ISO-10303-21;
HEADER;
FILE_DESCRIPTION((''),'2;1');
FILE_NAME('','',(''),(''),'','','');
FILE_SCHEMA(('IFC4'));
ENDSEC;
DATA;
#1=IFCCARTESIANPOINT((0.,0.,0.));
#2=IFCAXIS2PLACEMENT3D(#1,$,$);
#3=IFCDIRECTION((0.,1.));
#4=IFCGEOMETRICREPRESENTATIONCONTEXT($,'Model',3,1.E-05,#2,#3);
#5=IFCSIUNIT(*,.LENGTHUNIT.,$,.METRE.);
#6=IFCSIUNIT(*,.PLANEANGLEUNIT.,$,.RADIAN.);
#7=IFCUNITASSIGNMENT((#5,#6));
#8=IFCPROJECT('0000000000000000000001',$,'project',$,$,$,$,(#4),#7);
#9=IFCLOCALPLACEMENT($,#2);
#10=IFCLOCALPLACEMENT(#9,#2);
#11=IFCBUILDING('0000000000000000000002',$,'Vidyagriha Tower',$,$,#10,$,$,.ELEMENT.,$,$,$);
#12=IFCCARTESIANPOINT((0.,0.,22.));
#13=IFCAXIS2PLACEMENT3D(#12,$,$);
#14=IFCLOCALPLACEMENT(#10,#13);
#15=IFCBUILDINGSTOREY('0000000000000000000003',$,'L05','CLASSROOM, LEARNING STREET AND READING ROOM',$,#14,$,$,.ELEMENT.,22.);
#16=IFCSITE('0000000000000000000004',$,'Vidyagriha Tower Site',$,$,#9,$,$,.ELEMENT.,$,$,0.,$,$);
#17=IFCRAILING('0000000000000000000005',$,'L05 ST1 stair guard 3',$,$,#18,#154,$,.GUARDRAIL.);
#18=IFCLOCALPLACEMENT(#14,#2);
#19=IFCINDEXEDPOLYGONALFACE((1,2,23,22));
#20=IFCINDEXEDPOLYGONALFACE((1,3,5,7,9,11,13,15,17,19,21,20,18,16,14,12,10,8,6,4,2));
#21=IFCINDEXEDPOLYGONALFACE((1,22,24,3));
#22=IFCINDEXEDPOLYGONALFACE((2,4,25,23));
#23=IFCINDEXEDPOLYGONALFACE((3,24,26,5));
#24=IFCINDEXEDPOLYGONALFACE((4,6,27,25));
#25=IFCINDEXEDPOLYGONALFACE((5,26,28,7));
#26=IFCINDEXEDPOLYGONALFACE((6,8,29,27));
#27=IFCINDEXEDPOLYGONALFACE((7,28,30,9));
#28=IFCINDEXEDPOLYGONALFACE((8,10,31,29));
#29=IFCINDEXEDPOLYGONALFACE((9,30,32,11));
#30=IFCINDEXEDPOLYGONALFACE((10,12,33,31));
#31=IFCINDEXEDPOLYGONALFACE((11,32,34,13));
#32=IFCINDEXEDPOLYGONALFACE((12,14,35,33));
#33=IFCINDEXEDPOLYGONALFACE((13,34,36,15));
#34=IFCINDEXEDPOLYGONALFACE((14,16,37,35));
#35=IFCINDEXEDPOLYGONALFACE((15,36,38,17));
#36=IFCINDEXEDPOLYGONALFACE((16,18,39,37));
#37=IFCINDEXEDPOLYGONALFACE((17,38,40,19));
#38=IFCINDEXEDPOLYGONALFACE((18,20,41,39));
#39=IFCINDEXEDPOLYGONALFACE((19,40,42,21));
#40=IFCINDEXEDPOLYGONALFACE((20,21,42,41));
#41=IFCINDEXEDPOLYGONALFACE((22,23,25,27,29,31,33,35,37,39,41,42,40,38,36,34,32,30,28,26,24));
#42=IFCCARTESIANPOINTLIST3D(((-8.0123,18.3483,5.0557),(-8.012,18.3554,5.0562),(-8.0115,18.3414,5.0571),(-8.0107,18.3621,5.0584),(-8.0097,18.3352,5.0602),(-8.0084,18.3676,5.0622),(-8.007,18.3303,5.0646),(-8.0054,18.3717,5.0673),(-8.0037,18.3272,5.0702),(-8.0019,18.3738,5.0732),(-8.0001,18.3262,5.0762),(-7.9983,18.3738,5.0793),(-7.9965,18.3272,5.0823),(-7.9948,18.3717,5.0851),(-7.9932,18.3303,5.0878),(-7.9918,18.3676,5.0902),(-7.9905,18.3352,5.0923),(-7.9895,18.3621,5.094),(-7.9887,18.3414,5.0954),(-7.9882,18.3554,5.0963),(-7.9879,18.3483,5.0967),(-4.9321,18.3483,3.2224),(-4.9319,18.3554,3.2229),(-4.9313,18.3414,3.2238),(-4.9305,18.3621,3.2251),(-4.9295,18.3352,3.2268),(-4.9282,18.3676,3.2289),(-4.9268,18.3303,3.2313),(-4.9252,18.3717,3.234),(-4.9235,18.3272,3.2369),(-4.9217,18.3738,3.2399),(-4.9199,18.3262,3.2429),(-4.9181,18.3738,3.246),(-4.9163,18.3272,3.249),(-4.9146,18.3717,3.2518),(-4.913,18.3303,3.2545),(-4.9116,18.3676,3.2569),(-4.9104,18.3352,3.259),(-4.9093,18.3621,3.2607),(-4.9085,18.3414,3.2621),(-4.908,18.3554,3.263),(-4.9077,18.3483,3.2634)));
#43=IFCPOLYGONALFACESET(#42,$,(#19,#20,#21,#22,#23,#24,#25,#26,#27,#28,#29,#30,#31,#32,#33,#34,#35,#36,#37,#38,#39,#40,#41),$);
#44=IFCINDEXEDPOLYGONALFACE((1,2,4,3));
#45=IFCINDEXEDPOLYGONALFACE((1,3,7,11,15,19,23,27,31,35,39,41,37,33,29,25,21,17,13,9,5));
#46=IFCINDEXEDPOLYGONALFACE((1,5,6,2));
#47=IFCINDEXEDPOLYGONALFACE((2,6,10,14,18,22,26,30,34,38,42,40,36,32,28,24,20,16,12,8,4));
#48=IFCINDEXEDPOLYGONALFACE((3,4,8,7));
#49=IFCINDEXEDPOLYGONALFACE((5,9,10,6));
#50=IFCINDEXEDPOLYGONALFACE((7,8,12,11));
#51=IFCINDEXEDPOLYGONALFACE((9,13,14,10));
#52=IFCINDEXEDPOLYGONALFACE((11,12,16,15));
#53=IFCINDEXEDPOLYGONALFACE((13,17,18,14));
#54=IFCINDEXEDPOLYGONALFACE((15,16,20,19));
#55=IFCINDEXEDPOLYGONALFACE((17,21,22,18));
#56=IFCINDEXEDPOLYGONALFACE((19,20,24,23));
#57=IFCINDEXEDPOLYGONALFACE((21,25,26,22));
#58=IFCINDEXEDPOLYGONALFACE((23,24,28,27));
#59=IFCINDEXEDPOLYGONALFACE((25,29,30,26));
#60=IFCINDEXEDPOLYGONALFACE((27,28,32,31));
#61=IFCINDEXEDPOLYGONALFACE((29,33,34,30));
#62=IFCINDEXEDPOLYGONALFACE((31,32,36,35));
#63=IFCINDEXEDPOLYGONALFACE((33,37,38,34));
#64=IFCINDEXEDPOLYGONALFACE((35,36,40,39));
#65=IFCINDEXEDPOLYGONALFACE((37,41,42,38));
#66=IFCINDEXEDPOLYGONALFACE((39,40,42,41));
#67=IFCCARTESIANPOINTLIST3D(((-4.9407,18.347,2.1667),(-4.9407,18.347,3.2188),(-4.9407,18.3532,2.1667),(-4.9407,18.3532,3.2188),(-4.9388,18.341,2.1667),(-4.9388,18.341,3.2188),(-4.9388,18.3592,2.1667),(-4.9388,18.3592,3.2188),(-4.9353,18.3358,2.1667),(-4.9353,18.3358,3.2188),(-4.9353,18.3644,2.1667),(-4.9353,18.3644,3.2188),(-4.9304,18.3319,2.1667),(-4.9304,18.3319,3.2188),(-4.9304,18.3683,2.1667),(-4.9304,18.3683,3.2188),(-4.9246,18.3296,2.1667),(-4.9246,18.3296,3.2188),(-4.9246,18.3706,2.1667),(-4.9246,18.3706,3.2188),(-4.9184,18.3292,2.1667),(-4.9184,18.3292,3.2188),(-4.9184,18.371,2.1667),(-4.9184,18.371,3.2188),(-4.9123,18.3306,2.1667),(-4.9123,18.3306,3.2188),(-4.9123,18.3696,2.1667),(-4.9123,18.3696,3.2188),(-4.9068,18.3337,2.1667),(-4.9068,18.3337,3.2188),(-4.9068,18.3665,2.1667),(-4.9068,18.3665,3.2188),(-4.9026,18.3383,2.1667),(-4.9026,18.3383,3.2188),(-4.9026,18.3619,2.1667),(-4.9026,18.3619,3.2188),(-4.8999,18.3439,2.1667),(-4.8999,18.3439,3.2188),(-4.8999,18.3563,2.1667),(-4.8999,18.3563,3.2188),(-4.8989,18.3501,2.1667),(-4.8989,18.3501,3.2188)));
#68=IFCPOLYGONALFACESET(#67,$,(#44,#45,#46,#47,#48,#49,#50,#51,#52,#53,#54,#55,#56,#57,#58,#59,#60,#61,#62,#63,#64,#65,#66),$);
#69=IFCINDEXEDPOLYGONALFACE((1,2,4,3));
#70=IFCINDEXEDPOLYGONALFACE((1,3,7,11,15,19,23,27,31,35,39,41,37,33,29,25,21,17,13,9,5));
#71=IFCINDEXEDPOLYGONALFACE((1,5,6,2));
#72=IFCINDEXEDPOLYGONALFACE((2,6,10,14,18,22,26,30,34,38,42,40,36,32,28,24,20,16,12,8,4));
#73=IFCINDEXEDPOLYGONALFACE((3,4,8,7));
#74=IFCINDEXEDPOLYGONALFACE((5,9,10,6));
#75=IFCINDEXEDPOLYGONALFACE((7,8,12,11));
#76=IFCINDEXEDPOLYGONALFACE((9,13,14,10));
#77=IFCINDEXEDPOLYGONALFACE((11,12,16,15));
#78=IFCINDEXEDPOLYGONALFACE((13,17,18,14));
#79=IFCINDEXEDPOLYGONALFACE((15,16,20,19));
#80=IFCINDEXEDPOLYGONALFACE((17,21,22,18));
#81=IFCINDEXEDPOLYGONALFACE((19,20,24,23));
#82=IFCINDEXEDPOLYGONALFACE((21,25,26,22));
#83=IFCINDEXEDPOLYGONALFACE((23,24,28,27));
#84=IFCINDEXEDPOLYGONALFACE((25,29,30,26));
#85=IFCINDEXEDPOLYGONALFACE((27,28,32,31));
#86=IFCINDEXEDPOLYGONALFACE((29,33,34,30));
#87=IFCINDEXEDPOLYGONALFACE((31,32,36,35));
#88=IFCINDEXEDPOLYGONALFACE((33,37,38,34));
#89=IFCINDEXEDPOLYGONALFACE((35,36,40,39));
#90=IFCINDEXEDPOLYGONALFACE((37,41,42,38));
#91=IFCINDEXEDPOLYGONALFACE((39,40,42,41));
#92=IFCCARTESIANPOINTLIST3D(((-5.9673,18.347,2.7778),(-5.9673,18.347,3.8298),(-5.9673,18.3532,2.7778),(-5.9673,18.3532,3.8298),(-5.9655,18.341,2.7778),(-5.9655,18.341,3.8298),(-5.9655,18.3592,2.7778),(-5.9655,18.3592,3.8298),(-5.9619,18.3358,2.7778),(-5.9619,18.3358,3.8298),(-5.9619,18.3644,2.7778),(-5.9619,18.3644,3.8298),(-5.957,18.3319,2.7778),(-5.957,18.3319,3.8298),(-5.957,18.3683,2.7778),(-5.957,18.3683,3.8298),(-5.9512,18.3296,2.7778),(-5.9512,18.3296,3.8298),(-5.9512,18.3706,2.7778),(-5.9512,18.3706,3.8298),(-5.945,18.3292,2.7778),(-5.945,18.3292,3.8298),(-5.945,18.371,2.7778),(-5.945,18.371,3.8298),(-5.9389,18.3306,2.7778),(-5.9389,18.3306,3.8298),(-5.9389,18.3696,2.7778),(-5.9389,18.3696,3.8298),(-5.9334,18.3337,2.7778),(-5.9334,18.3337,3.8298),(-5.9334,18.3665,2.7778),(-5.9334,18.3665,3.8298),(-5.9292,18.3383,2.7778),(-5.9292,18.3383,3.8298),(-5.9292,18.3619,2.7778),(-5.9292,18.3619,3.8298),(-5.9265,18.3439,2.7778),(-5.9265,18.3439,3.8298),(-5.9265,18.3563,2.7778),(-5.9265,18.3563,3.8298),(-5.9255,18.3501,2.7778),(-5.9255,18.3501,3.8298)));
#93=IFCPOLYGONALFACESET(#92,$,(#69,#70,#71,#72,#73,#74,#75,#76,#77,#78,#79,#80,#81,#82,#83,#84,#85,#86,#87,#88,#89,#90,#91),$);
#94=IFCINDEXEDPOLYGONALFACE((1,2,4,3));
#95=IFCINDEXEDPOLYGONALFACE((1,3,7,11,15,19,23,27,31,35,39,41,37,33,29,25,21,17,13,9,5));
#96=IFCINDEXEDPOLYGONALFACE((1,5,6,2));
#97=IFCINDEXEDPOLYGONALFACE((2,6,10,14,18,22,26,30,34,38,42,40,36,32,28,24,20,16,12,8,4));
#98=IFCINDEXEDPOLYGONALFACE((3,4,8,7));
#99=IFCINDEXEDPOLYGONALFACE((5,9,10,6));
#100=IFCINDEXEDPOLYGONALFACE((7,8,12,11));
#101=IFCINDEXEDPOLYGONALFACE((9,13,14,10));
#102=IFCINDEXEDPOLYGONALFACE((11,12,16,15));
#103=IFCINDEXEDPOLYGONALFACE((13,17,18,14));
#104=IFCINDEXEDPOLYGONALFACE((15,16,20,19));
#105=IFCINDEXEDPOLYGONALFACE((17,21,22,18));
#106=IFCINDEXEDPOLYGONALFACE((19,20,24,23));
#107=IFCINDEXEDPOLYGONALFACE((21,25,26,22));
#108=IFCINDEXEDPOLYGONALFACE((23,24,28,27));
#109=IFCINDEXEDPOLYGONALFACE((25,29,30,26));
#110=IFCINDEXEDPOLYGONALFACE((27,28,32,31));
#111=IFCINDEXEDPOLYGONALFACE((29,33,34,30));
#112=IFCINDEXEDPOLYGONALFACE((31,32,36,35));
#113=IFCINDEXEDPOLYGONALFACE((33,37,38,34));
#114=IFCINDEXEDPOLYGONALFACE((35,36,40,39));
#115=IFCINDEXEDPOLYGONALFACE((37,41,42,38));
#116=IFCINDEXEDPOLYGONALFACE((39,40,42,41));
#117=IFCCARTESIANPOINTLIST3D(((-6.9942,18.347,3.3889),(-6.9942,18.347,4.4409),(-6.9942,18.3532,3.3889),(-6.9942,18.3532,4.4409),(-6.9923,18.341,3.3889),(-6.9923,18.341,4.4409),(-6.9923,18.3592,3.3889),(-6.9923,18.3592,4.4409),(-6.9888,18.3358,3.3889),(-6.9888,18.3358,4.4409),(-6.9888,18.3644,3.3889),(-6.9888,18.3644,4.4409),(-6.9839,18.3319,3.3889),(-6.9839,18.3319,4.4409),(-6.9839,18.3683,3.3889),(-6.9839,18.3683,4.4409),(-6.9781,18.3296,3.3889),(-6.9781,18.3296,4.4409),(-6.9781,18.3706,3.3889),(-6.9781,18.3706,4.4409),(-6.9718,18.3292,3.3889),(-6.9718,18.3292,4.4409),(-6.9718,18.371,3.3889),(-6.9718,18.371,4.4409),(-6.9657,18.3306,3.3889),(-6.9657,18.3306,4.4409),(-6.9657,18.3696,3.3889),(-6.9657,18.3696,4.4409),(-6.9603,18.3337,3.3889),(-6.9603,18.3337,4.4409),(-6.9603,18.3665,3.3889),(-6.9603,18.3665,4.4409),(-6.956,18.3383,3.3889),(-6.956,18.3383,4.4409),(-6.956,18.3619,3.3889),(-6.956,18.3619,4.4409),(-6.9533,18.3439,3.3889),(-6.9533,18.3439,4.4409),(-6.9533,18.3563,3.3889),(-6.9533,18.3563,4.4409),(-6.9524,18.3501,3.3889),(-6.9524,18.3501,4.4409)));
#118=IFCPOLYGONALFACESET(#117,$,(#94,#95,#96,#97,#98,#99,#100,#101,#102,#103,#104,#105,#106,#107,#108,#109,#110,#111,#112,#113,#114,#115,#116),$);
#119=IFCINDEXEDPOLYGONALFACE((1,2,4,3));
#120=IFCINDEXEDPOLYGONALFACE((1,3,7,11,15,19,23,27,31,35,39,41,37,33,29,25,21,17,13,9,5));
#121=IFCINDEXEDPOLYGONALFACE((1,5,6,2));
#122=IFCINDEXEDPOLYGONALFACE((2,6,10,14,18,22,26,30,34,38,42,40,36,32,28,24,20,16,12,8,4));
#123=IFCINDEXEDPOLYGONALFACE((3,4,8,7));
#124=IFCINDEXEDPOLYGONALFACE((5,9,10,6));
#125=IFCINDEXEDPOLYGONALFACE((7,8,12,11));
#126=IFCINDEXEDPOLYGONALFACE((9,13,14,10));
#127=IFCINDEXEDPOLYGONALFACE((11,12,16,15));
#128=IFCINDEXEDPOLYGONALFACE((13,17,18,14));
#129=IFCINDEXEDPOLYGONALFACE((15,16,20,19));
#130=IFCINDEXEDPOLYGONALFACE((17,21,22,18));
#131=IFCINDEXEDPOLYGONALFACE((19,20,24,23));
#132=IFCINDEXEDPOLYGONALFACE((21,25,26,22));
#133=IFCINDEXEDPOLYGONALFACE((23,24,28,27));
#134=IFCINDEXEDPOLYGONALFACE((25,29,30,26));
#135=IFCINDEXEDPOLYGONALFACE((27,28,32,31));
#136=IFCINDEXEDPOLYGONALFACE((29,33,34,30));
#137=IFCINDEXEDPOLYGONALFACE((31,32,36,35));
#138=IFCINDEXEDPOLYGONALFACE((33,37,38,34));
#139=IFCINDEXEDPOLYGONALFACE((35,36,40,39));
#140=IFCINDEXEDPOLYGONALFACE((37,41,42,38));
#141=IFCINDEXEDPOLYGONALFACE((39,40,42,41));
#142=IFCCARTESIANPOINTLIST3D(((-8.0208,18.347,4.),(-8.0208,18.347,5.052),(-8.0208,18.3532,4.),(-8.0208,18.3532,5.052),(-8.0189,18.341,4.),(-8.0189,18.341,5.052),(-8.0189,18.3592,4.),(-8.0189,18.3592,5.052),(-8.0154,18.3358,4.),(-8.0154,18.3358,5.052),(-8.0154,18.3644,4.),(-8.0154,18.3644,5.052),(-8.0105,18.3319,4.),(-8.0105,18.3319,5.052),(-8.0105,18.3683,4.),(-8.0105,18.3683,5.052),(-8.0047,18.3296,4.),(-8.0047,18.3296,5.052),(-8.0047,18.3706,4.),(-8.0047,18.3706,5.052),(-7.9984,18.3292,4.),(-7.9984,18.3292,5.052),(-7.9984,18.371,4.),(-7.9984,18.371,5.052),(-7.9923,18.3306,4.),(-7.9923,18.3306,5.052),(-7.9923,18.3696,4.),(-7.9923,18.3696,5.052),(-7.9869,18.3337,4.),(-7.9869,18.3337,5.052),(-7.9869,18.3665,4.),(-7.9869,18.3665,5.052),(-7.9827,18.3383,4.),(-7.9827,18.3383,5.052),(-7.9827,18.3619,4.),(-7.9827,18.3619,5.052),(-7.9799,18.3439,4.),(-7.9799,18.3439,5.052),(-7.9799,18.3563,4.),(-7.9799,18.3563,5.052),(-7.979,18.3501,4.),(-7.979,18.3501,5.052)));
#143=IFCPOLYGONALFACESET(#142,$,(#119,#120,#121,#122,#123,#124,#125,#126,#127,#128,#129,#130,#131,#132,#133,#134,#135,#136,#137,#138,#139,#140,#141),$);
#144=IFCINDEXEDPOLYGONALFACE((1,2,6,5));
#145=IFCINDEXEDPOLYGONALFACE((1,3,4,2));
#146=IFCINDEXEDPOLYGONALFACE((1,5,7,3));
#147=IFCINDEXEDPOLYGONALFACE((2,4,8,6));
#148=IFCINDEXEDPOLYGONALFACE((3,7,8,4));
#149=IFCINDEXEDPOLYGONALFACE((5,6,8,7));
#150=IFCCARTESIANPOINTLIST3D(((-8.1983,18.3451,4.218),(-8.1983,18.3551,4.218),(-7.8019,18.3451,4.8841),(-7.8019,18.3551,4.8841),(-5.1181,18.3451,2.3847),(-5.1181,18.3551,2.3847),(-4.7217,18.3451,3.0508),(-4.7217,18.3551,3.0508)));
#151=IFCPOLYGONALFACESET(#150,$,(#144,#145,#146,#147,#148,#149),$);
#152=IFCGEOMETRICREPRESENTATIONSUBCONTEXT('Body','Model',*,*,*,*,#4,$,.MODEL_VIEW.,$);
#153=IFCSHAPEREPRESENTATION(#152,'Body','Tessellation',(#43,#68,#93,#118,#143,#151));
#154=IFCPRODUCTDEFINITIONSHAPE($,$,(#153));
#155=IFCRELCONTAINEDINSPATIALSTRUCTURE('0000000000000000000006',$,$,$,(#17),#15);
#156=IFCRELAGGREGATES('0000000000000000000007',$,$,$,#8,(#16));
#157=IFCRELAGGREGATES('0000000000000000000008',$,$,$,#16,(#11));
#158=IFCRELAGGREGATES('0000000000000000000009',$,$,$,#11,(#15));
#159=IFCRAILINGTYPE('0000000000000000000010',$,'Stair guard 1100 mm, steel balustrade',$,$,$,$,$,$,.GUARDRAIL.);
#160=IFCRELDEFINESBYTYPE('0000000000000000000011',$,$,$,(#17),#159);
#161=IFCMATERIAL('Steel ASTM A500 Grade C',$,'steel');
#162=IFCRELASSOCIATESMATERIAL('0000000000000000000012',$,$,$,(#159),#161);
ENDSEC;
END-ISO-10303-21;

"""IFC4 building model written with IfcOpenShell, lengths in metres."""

from ifc_helpers import new_model, si_unit, direction, frame, origin, origin_2d, place, context, subcontext, project, spatial, rectangle, circle, extrude, material, type_object, element, save


model = new_model("IFC4")

# Units and contexts
model_context = context("Model", 3, precision=1e-05, world=origin(), true_north=direction((0.0, 1.0)))
body_context = subcontext(model_context, "Body", "Model", "MODEL_VIEW")
ifc_project = project(units=[si_unit("LENGTHUNIT", "METRE"), si_unit("PLANEANGLEUNIT", "RADIAN")], contexts=[model_context])

# Site, building, storey
site_placement = place(None, origin())
site = spatial("IfcSite", under=ifc_project, at=site_placement, Name="Vidyagriha Tower Site", CompositionType="ELEMENT", RefElevation=0.0)
building_placement = place(site_placement, origin())
building = spatial("IfcBuilding", under=site, at=building_placement, Name="Vidyagriha Tower", CompositionType="ELEMENT")
storey_placement = place(building_placement, frame((0.0, 0.0, 22.0)))
storey = spatial("IfcBuildingStorey", under=building, at=storey_placement, Name="L05", Description="CLASSROOM, LEARNING STREET AND READING ROOM", CompositionType="ELEMENT", Elevation=22.0)

# Railing
ifc_material_1 = material(Name="Steel ASTM A500 Grade C", Category="steel")
railing_type_1 = type_object("IfcRailingType", Name="Stair guard 1100 mm, steel balustrade", PredefinedType="GUARDRAIL", material=ifc_material_1)
railing_1_placement = place(storey_placement, frame((-4.9199, 18.3501, 2.1667)))
element("IfcRailing", 1, at=railing_1_placement, inside=storey, type_object=railing_type_1, Name="L05 ST1 stair guard 3", PredefinedType="GUARDRAIL", context=body_context, shape_type="SweptSolid", body=[
    extrude(circle(Radius=0.0239, at=origin_2d()), frame((0.0, 0.0, 1.0762), z_axis=(-0.859309, 0.0, 0.511458), x_axis=(0.0, -1.0, 0.0)), (0.0, 0.0, 1.0), 3.5845),
    extrude(circle(Radius=0.021, at=origin_2d()), origin(), (0.0, 0.0, 1.0), 1.052),
    extrude(circle(Radius=0.021, at=origin_2d()), frame((-1.0266, 0.0, 0.6111)), (0.0, 0.0, 1.0), 1.052),
    extrude(circle(Radius=0.021, at=origin_2d()), frame((-2.0535, 0.0, 1.2222)), (0.0, 0.0, 1.0), 1.052),
    extrude(circle(Radius=0.021, at=origin_2d()), frame((-3.0801, 0.0, 1.8333)), (0.0, 0.0, 1.0), 1.052),
    extrude(rectangle(XDim=0.01, YDim=0.7751, at=origin_2d()), frame((0.0, 0.0, 0.551), z_axis=(-0.859309, 0.0, 0.511458), x_axis=(0.0, -1.0, 0.0)), (0.0, 0.0, 1.0), 3.5845),
])

save(model, "model.ifc")
